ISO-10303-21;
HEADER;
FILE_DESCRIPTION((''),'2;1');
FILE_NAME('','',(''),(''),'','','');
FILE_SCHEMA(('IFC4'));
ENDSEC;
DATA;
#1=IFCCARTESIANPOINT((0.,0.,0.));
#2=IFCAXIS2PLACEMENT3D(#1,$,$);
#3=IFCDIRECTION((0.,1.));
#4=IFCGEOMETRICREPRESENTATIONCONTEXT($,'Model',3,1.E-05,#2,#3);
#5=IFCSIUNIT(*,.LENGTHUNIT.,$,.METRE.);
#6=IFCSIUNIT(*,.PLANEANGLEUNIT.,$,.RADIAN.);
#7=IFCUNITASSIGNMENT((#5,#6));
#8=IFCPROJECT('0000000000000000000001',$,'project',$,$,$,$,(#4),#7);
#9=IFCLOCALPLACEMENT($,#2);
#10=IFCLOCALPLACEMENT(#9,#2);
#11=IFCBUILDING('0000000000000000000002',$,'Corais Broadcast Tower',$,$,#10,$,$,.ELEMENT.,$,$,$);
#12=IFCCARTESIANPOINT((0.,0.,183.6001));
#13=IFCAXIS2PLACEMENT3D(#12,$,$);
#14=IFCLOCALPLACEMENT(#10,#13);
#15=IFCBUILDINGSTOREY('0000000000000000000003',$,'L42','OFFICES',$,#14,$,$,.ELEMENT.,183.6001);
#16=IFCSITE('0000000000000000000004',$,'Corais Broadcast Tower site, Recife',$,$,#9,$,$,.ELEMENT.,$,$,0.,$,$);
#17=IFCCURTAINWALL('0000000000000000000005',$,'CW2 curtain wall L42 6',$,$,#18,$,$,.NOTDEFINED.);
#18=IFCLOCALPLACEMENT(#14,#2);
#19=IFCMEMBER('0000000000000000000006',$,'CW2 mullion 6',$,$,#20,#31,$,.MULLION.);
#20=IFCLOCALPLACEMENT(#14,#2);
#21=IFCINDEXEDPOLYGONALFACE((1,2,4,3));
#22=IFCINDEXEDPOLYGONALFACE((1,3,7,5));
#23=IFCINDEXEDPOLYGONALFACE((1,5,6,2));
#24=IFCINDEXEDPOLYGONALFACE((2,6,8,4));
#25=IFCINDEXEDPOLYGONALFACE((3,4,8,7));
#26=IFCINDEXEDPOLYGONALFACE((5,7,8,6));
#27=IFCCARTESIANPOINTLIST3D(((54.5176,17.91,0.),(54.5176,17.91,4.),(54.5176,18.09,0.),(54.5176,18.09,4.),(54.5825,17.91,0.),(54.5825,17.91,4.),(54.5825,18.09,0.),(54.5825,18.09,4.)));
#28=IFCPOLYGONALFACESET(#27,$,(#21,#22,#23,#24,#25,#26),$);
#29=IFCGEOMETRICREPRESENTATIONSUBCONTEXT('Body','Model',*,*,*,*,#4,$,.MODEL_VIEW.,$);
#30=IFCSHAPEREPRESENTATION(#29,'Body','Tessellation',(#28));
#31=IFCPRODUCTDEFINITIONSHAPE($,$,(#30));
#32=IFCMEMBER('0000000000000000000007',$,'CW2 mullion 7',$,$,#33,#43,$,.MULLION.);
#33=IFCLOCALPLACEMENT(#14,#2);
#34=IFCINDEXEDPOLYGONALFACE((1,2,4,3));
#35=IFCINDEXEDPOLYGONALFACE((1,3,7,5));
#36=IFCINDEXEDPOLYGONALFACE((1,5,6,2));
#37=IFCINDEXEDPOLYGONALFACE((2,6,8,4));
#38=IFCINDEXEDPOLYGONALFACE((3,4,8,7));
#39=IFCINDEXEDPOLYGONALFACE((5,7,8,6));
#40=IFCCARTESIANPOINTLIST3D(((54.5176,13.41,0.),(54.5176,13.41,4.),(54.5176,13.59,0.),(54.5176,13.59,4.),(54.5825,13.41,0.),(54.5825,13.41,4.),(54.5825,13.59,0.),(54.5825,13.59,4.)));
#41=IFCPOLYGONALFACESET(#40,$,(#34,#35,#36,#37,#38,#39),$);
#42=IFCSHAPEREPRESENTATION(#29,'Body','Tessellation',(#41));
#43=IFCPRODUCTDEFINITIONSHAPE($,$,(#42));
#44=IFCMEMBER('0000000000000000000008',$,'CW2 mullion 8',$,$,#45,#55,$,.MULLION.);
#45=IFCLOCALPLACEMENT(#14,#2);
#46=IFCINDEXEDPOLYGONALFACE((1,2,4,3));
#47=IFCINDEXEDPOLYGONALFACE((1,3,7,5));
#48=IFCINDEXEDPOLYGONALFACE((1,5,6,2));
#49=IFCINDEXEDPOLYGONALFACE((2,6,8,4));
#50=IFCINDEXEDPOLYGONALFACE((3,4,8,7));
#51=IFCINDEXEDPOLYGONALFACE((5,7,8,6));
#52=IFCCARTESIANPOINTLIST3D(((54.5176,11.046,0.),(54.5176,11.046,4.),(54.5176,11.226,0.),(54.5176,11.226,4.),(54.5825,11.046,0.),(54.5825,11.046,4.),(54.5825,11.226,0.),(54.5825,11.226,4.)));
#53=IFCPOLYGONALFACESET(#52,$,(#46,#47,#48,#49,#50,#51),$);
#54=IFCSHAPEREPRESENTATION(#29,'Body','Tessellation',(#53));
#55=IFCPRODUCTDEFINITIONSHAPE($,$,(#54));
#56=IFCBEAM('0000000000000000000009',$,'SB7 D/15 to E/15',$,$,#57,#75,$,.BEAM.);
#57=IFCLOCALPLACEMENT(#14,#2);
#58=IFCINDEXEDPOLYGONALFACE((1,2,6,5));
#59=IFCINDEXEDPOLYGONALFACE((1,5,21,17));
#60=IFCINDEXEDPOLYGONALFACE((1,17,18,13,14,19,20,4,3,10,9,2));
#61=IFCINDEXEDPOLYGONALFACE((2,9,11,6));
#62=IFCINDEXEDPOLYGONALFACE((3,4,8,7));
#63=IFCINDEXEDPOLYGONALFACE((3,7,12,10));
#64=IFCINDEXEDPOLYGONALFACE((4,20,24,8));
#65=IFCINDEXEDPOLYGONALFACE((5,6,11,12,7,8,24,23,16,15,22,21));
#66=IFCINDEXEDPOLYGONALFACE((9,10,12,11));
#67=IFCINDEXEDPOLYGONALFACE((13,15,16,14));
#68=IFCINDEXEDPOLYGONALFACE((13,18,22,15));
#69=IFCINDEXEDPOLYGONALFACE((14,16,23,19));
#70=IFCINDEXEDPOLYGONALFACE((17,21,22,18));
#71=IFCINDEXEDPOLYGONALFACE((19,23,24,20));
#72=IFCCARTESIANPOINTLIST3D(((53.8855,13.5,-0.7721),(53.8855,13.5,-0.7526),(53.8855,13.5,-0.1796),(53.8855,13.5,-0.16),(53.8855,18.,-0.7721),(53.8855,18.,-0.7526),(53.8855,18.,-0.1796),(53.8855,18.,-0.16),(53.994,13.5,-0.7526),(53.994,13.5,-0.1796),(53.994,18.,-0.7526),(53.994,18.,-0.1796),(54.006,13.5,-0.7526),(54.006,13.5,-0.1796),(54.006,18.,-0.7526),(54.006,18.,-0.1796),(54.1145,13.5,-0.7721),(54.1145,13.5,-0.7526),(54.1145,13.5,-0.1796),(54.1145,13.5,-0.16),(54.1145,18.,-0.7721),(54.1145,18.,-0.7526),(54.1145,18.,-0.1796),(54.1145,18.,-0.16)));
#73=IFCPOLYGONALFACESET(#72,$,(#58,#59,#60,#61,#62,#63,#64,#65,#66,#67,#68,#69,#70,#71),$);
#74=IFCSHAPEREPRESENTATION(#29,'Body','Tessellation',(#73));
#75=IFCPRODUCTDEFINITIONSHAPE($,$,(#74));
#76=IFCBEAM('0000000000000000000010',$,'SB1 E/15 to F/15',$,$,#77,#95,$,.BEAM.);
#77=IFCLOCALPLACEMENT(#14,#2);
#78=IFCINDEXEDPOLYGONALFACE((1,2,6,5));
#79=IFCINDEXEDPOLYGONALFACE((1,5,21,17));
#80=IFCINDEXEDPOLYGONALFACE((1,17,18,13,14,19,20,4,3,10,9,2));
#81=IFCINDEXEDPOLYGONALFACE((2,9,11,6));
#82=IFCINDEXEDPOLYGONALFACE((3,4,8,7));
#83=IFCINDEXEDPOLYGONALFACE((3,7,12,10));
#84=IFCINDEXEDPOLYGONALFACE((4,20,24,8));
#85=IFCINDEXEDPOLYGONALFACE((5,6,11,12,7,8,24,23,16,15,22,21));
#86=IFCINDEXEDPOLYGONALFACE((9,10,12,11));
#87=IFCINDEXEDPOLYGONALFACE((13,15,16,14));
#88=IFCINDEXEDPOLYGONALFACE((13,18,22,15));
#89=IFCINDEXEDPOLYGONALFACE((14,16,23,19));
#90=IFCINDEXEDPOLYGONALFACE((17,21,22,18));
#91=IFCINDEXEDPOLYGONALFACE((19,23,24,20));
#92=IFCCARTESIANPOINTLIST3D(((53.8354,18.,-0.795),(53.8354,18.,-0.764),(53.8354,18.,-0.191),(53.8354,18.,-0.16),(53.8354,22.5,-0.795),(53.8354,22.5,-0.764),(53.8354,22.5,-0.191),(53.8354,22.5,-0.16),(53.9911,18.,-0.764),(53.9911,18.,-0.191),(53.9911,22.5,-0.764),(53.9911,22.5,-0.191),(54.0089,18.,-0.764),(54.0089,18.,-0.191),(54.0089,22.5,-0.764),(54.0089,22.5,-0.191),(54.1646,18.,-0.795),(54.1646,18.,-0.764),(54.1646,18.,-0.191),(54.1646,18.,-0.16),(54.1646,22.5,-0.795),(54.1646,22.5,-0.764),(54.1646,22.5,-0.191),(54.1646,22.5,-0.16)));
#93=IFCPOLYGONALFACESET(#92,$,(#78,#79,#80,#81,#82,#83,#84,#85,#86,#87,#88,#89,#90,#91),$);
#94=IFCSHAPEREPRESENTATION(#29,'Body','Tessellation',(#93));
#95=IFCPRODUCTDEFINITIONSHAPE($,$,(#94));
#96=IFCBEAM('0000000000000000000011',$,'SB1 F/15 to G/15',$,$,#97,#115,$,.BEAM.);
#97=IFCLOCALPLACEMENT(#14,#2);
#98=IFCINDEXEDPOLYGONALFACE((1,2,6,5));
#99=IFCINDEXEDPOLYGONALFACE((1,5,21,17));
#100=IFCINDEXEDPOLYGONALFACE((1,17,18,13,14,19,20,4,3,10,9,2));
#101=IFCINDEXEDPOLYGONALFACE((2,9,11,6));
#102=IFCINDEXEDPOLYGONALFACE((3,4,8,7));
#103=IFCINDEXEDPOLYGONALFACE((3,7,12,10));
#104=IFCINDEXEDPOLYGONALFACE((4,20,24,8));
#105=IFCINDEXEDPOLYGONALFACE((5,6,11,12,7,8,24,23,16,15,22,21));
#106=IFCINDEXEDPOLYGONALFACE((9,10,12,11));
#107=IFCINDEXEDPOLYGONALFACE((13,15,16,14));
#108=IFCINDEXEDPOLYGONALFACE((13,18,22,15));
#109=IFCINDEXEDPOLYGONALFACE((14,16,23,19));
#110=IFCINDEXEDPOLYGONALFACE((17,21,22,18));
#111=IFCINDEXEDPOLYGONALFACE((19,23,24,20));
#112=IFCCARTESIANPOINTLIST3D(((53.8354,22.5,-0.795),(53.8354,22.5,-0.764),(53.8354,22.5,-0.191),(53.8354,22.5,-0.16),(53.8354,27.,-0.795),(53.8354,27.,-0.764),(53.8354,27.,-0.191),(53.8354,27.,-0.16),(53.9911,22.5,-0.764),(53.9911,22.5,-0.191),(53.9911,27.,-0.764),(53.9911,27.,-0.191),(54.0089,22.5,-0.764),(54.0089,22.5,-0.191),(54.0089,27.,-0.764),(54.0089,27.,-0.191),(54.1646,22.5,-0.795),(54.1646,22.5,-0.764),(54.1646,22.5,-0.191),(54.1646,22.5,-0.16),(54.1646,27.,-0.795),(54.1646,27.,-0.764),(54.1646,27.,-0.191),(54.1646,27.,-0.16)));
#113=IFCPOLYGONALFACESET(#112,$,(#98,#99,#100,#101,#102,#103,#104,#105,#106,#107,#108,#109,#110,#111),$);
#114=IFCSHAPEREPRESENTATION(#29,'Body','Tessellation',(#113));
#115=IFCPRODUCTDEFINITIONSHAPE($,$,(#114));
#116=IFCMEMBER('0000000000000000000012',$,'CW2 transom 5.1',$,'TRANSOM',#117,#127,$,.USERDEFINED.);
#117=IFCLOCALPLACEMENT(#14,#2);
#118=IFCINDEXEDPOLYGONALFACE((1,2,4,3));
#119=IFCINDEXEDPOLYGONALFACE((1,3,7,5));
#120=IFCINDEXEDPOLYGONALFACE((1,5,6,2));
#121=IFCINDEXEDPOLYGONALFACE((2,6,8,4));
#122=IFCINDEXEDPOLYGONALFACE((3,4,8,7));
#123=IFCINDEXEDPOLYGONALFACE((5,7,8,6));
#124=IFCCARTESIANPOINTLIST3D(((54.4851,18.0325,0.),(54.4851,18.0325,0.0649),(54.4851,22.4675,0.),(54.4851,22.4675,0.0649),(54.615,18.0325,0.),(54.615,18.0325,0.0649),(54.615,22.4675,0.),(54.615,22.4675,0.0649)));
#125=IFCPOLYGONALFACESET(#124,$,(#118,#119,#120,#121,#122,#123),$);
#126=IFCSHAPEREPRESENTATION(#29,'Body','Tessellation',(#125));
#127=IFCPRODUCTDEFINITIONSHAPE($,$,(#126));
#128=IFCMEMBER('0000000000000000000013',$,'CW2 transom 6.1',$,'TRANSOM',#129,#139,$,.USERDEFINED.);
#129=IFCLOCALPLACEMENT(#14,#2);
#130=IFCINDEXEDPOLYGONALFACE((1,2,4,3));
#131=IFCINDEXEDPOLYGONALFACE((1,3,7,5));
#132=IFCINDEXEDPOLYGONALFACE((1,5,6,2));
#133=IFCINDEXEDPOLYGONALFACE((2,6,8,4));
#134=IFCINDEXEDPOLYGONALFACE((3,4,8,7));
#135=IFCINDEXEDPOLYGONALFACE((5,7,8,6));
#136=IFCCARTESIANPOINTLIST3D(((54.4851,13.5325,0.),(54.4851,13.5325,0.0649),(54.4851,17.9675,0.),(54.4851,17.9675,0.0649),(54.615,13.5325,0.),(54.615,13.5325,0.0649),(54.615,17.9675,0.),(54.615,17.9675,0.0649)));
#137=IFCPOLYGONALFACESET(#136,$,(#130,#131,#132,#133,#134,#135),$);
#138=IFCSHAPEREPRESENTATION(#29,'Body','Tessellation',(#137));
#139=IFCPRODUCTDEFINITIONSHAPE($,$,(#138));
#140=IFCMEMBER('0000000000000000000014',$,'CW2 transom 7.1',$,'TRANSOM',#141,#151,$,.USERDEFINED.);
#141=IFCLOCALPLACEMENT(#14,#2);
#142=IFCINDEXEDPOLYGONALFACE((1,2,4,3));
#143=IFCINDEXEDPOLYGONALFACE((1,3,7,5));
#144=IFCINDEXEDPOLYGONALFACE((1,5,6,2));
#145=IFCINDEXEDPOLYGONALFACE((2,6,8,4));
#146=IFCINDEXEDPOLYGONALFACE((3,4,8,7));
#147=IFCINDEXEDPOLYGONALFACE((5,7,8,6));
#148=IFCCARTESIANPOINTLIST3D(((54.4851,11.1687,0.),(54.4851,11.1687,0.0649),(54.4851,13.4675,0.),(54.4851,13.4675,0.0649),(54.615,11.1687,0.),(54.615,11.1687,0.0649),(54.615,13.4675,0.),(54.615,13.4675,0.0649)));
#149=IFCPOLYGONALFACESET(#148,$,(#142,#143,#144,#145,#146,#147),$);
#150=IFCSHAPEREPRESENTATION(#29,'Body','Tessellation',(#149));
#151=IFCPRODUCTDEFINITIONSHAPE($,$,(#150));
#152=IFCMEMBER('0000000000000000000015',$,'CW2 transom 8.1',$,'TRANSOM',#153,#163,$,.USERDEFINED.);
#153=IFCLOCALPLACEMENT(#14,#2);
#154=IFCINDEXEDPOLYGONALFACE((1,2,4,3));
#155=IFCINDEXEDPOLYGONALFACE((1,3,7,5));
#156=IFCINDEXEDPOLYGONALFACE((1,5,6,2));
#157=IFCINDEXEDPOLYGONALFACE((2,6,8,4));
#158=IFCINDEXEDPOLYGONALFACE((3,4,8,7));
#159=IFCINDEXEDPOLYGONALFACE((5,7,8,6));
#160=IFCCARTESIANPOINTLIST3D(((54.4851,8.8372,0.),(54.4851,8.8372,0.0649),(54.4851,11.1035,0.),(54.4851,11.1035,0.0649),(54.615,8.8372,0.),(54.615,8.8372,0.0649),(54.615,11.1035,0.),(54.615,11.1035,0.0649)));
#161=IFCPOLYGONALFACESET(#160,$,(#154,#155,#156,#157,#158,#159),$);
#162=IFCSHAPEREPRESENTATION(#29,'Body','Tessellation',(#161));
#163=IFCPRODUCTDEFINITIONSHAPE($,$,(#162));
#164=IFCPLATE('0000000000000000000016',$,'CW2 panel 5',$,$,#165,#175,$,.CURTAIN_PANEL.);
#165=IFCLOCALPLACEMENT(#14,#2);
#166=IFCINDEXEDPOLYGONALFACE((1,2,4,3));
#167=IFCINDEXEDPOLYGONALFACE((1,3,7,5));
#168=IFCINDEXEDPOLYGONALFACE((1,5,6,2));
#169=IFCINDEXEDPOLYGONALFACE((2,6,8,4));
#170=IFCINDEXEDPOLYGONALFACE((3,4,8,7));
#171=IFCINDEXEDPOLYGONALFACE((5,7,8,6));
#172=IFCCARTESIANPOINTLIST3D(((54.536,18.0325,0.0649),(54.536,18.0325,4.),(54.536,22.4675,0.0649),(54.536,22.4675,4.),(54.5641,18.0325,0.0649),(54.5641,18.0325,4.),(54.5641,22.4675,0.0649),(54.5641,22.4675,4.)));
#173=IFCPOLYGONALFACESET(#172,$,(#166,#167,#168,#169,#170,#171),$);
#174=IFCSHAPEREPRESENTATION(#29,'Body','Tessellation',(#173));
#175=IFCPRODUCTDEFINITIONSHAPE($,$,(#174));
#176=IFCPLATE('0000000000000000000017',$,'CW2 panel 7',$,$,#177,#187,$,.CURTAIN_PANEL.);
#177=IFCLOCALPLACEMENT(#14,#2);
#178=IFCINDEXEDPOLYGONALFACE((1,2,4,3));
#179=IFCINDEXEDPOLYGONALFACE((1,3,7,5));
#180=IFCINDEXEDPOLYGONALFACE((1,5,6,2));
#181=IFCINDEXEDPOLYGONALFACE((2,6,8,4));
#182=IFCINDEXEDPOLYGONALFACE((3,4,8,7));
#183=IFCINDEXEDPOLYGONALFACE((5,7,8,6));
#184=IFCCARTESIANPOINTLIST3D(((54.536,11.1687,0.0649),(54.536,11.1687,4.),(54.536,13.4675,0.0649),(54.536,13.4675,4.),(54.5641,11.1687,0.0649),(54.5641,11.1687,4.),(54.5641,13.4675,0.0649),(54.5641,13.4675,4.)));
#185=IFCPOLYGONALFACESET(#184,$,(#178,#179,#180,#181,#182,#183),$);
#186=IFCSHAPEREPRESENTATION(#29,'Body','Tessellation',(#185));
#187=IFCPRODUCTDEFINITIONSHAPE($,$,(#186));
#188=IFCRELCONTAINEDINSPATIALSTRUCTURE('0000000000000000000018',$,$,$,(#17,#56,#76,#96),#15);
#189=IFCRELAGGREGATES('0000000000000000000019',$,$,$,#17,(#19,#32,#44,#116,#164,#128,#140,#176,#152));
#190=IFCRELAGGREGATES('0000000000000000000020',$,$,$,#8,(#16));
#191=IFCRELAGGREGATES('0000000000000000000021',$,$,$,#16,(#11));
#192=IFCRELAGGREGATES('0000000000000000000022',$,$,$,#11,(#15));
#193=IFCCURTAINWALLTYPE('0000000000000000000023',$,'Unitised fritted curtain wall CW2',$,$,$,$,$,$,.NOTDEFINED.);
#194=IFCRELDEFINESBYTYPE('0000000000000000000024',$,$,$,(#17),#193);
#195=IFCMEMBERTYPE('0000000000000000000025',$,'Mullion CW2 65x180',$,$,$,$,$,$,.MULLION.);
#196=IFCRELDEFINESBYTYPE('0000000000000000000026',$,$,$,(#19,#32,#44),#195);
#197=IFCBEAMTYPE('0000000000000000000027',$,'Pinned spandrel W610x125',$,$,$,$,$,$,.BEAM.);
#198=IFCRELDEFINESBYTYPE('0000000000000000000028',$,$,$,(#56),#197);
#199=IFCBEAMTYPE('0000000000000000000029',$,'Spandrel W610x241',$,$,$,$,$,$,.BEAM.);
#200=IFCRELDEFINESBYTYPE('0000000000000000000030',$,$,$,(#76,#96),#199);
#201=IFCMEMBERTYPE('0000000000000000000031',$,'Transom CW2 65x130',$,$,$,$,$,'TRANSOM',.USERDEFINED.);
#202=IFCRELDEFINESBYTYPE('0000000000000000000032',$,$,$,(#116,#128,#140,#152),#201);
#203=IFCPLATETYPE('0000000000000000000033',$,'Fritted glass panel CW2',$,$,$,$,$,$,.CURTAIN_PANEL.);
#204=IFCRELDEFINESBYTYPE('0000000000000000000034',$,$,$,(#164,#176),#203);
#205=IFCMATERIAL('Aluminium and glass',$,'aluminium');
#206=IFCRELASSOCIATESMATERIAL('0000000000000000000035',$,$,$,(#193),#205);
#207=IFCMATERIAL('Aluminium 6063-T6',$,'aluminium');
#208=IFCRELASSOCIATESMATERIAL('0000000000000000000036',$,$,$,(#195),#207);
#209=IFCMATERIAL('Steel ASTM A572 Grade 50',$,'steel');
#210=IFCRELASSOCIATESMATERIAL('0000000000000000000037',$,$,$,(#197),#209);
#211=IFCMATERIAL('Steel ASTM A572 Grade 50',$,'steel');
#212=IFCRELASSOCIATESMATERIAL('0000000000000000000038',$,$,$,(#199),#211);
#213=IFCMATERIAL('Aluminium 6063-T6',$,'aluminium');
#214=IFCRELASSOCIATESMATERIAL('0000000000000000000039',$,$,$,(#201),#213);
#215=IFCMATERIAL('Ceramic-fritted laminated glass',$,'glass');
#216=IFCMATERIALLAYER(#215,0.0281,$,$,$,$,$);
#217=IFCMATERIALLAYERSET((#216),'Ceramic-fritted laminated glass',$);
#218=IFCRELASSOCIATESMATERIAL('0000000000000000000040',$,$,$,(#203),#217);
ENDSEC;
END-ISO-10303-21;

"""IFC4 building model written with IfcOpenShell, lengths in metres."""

from ifc_helpers import new_model, si_unit, direction, frame, origin, origin_2d, place, context, subcontext, project, spatial, rectangle, i_section, extrude, material, layer, layer_set, material_profile, profile_set, type_object, element, aggregate, save


model = new_model("IFC4")

# Units and contexts
model_context = context("Model", 3, precision=1e-05, world=origin(), true_north=direction((0.0, 1.0)))
body_context = subcontext(model_context, "Body", "Model", "MODEL_VIEW")
ifc_project = project(units=[si_unit("LENGTHUNIT", "METRE"), si_unit("PLANEANGLEUNIT", "RADIAN")], contexts=[model_context])

# Site, building, storey
site_placement = place(None, origin())
site = spatial("IfcSite", under=ifc_project, at=site_placement, Name="Corais Broadcast Tower site, Recife", CompositionType="ELEMENT", RefElevation=0.0)
building_placement = place(site_placement, origin())
building = spatial("IfcBuilding", under=site, at=building_placement, Name="Corais Broadcast Tower", CompositionType="ELEMENT")
storey_placement = place(building_placement, frame((0.0, 0.0, 183.6001)))
storey = spatial("IfcBuildingStorey", under=building, at=storey_placement, Name="L42", Description="OFFICES", CompositionType="ELEMENT", Elevation=183.6001)

# Curtain wall, members
ifc_material_1 = material(Name="Aluminium and glass", Category="aluminium")
curtain_wall_type = type_object("IfcCurtainWallType", Name="Unitised fritted curtain wall CW2", PredefinedType="NOTDEFINED", material=ifc_material_1)
curtain_wall_placement = place(storey_placement, origin())
curtain_wall = element("IfcCurtainWall", 1, at=curtain_wall_placement, inside=storey, type_object=curtain_wall_type, Name="CW2 curtain wall L42 6", PredefinedType="NOTDEFINED")
ifc_material_2 = material(Name="Aluminium 6063-T6", Category="aluminium")
ifc_material_profile_1 = material_profile(ifc_material_2, rectangle(XDim=0.0649, YDim=0.1799, at=origin_2d()), Name="Mullion CW2 65x180")
ifc_profile_set_1 = profile_set([ifc_material_profile_1], Name="Aluminium 6063-T6")
member_type_1 = type_object("IfcMemberType", Name="Mullion CW2 65x180", PredefinedType="MULLION", material=ifc_profile_set_1)
member_1_placement = place(storey_placement, frame((54.55, 18.0, 0.0), z_axis=(0.0, 0.0, 1.0), x_axis=(1.0, 0.0, 0.0)))
member_1 = element("IfcMember", 2, at=member_1_placement, type_object=member_type_1, Name="CW2 mullion 6", PredefinedType="MULLION", context=body_context, shape_type="SweptSolid", body=[
    extrude(rectangle(XDim=0.0649, YDim=0.1799, at=origin_2d()), origin(), (0.0, 0.0, 1.0), 4.0),
])
member_2_placement = place(storey_placement, frame((54.55, 13.5, 0.0), z_axis=(0.0, 0.0, 1.0), x_axis=(1.0, 0.0, 0.0)))
member_2 = element("IfcMember", 3, at=member_2_placement, type_object=member_type_1, Name="CW2 mullion 7", PredefinedType="MULLION", context=body_context, shape_type="SweptSolid", body=[
    extrude(rectangle(XDim=0.0649, YDim=0.1799, at=origin_2d()), origin(), (0.0, 0.0, 1.0), 4.0),
])
member_3_placement = place(storey_placement, frame((54.55, 11.136, 0.0), z_axis=(0.0, 0.0, 1.0), x_axis=(1.0, 0.0, 0.0)))
member_3 = element("IfcMember", 4, at=member_3_placement, type_object=member_type_1, Name="CW2 mullion 8", PredefinedType="MULLION", context=body_context, shape_type="SweptSolid", body=[
    extrude(rectangle(XDim=0.0649, YDim=0.1799, at=origin_2d()), origin(), (0.0, 0.0, 1.0), 4.0),
])

# Beams
ifc_material_3 = material(Name="Steel ASTM A572 Grade 50", Category="steel")
ifc_material_profile_2 = material_profile(ifc_material_3, i_section(OverallWidth=0.229, OverallDepth=0.6121, WebThickness=0.012, FlangeThickness=0.0195, at=origin_2d()), Name="W610x125")
ifc_profile_set_2 = profile_set([ifc_material_profile_2], Name="Steel ASTM A572 Grade 50")
beam_type_1 = type_object("IfcBeamType", Name="Pinned spandrel W610x125", PredefinedType="BEAM", material=ifc_profile_set_2)
beam_1_placement = place(storey_placement, frame((54.0, 13.5, -0.4661), z_axis=(0.0, 1.0, 0.0), x_axis=(-1.0, 0.0, 0.0)))
element("IfcBeam", 5, at=beam_1_placement, inside=storey, type_object=beam_type_1, Name="SB7 D/15 to E/15", PredefinedType="BEAM", context=body_context, shape_type="SweptSolid", body=[
    extrude(i_section(OverallWidth=0.229, OverallDepth=0.6121, WebThickness=0.012, FlangeThickness=0.0195, at=origin_2d()), origin(), (0.0, 0.0, 1.0), 4.5),
])
ifc_material_4 = material(Name="Steel ASTM A572 Grade 50", Category="steel")
ifc_material_profile_3 = material_profile(ifc_material_4, i_section(OverallWidth=0.3291, OverallDepth=0.635, WebThickness=0.0178, FlangeThickness=0.031, at=origin_2d()), Name="W610x241")
ifc_profile_set_3 = profile_set([ifc_material_profile_3], Name="Steel ASTM A572 Grade 50")
beam_type_2 = type_object("IfcBeamType", Name="Spandrel W610x241", PredefinedType="BEAM", material=ifc_profile_set_3)
for number, where, z_axis, x_axis, name in (
    (6, (54.0, 18.0, -0.4775), (0.0, 1.0, 0.0), (-1.0, 0.0, 0.0), "SB1 E/15 to F/15"),
    (7, (54.0, 22.5, -0.4775), (0.0, 1.0, 0.0), (-1.0, 0.0, 0.0), "SB1 F/15 to G/15"),
):
    element("IfcBeam", number, at=place(storey_placement, frame(where, z_axis=z_axis, x_axis=x_axis)), inside=storey, type_object=beam_type_2, Name=name, PredefinedType="BEAM", context=body_context, shape_type="SweptSolid", body=[
        extrude(i_section(OverallWidth=0.3291, OverallDepth=0.635, WebThickness=0.0178, FlangeThickness=0.031, at=origin_2d()), origin(), (0.0, 0.0, 1.0), 4.5),
    ])

# Members
ifc_material_5 = material(Name="Aluminium 6063-T6", Category="aluminium")
ifc_material_profile_4 = material_profile(ifc_material_5, rectangle(XDim=0.1299, YDim=0.0649, at=origin_2d()), Name="Transom CW2 65x130")
ifc_profile_set_4 = profile_set([ifc_material_profile_4], Name="Aluminium 6063-T6")
member_type_2 = type_object("IfcMemberType", Name="Transom CW2 65x130", ElementType="TRANSOM", PredefinedType="USERDEFINED", material=ifc_profile_set_4)
member_4_placement = place(storey_placement, frame((54.55, 22.4675, 0.0325), z_axis=(0.0, -1.0, 0.0), x_axis=(1.0, 0.0, 0.0)))
member_4 = element("IfcMember", 8, at=member_4_placement, type_object=member_type_2, Name="CW2 transom 5.1", ObjectType="TRANSOM", PredefinedType="USERDEFINED", context=body_context, shape_type="SweptSolid", body=[
    extrude(rectangle(XDim=0.1299, YDim=0.0649, at=origin_2d()), origin(), (0.0, 0.0, 1.0), 4.4351),
])
member_5_placement = place(storey_placement, frame((54.55, 17.9675, 0.0325), z_axis=(0.0, -1.0, 0.0), x_axis=(1.0, 0.0, 0.0)))
member_5 = element("IfcMember", 9, at=member_5_placement, type_object=member_type_2, Name="CW2 transom 6.1", ObjectType="TRANSOM", PredefinedType="USERDEFINED", context=body_context, shape_type="SweptSolid", body=[
    extrude(rectangle(XDim=0.1299, YDim=0.0649, at=origin_2d()), origin(), (0.0, 0.0, 1.0), 4.4351),
])
member_6_placement = place(storey_placement, frame((54.55, 13.4675, 0.0325), z_axis=(0.0, -1.0, 0.0), x_axis=(1.0, 0.0, 0.0)))
member_6 = element("IfcMember", 10, at=member_6_placement, type_object=member_type_2, Name="CW2 transom 7.1", ObjectType="TRANSOM", PredefinedType="USERDEFINED", context=body_context, shape_type="SweptSolid", body=[
    extrude(rectangle(XDim=0.1299, YDim=0.0649, at=origin_2d()), origin(), (0.0, 0.0, 1.0), 2.2988),
])
member_7_placement = place(storey_placement, frame((54.55, 11.1035, 0.0325), z_axis=(0.0, -1.0, 0.0), x_axis=(1.0, 0.0, 0.0)))
member_7 = element("IfcMember", 11, at=member_7_placement, type_object=member_type_2, Name="CW2 transom 8.1", ObjectType="TRANSOM", PredefinedType="USERDEFINED", context=body_context, shape_type="SweptSolid", body=[
    extrude(rectangle(XDim=0.1299, YDim=0.0649, at=origin_2d()), origin(), (0.0, 0.0, 1.0), 2.2664),
])

# Plates
ifc_material_6 = material(Name="Ceramic-fritted laminated glass", Category="glass")
ifc_layer_1 = layer(ifc_material_6, 0.0281)
ifc_layer_set_1 = layer_set([ifc_layer_1], Name="Ceramic-fritted laminated glass")
plate_type_1 = type_object("IfcPlateType", Name="Fritted glass panel CW2", PredefinedType="CURTAIN_PANEL", material=ifc_layer_set_1)
plate_1_placement = place(storey_placement, frame((54.55, 20.25, 0.0649), z_axis=(0.0, 0.0, 1.0), x_axis=(0.0, -1.0, 0.0)))
plate_1 = element("IfcPlate", 12, at=plate_1_placement, type_object=plate_type_1, Name="CW2 panel 5", PredefinedType="CURTAIN_PANEL", context=body_context, shape_type="SweptSolid", body=[
    extrude(rectangle(XDim=4.4351, YDim=0.0281, at=origin_2d()), origin(), (0.0, 0.0, 1.0), 3.9351),
])
plate_2_placement = place(storey_placement, frame((54.55, 12.3181, 0.0649), z_axis=(0.0, 0.0, 1.0), x_axis=(0.0, -1.0, 0.0)))
plate_2 = element("IfcPlate", 13, at=plate_2_placement, type_object=plate_type_1, Name="CW2 panel 7", PredefinedType="CURTAIN_PANEL", context=body_context, shape_type="SweptSolid", body=[
    extrude(rectangle(XDim=2.2988, YDim=0.0281, at=origin_2d()), origin(), (0.0, 0.0, 1.0), 3.9351),
])
aggregate(curtain_wall, [member_1, member_2, member_3, member_4, plate_1, member_5, member_6, plate_2, member_7])

save(model, "model.ifc")
